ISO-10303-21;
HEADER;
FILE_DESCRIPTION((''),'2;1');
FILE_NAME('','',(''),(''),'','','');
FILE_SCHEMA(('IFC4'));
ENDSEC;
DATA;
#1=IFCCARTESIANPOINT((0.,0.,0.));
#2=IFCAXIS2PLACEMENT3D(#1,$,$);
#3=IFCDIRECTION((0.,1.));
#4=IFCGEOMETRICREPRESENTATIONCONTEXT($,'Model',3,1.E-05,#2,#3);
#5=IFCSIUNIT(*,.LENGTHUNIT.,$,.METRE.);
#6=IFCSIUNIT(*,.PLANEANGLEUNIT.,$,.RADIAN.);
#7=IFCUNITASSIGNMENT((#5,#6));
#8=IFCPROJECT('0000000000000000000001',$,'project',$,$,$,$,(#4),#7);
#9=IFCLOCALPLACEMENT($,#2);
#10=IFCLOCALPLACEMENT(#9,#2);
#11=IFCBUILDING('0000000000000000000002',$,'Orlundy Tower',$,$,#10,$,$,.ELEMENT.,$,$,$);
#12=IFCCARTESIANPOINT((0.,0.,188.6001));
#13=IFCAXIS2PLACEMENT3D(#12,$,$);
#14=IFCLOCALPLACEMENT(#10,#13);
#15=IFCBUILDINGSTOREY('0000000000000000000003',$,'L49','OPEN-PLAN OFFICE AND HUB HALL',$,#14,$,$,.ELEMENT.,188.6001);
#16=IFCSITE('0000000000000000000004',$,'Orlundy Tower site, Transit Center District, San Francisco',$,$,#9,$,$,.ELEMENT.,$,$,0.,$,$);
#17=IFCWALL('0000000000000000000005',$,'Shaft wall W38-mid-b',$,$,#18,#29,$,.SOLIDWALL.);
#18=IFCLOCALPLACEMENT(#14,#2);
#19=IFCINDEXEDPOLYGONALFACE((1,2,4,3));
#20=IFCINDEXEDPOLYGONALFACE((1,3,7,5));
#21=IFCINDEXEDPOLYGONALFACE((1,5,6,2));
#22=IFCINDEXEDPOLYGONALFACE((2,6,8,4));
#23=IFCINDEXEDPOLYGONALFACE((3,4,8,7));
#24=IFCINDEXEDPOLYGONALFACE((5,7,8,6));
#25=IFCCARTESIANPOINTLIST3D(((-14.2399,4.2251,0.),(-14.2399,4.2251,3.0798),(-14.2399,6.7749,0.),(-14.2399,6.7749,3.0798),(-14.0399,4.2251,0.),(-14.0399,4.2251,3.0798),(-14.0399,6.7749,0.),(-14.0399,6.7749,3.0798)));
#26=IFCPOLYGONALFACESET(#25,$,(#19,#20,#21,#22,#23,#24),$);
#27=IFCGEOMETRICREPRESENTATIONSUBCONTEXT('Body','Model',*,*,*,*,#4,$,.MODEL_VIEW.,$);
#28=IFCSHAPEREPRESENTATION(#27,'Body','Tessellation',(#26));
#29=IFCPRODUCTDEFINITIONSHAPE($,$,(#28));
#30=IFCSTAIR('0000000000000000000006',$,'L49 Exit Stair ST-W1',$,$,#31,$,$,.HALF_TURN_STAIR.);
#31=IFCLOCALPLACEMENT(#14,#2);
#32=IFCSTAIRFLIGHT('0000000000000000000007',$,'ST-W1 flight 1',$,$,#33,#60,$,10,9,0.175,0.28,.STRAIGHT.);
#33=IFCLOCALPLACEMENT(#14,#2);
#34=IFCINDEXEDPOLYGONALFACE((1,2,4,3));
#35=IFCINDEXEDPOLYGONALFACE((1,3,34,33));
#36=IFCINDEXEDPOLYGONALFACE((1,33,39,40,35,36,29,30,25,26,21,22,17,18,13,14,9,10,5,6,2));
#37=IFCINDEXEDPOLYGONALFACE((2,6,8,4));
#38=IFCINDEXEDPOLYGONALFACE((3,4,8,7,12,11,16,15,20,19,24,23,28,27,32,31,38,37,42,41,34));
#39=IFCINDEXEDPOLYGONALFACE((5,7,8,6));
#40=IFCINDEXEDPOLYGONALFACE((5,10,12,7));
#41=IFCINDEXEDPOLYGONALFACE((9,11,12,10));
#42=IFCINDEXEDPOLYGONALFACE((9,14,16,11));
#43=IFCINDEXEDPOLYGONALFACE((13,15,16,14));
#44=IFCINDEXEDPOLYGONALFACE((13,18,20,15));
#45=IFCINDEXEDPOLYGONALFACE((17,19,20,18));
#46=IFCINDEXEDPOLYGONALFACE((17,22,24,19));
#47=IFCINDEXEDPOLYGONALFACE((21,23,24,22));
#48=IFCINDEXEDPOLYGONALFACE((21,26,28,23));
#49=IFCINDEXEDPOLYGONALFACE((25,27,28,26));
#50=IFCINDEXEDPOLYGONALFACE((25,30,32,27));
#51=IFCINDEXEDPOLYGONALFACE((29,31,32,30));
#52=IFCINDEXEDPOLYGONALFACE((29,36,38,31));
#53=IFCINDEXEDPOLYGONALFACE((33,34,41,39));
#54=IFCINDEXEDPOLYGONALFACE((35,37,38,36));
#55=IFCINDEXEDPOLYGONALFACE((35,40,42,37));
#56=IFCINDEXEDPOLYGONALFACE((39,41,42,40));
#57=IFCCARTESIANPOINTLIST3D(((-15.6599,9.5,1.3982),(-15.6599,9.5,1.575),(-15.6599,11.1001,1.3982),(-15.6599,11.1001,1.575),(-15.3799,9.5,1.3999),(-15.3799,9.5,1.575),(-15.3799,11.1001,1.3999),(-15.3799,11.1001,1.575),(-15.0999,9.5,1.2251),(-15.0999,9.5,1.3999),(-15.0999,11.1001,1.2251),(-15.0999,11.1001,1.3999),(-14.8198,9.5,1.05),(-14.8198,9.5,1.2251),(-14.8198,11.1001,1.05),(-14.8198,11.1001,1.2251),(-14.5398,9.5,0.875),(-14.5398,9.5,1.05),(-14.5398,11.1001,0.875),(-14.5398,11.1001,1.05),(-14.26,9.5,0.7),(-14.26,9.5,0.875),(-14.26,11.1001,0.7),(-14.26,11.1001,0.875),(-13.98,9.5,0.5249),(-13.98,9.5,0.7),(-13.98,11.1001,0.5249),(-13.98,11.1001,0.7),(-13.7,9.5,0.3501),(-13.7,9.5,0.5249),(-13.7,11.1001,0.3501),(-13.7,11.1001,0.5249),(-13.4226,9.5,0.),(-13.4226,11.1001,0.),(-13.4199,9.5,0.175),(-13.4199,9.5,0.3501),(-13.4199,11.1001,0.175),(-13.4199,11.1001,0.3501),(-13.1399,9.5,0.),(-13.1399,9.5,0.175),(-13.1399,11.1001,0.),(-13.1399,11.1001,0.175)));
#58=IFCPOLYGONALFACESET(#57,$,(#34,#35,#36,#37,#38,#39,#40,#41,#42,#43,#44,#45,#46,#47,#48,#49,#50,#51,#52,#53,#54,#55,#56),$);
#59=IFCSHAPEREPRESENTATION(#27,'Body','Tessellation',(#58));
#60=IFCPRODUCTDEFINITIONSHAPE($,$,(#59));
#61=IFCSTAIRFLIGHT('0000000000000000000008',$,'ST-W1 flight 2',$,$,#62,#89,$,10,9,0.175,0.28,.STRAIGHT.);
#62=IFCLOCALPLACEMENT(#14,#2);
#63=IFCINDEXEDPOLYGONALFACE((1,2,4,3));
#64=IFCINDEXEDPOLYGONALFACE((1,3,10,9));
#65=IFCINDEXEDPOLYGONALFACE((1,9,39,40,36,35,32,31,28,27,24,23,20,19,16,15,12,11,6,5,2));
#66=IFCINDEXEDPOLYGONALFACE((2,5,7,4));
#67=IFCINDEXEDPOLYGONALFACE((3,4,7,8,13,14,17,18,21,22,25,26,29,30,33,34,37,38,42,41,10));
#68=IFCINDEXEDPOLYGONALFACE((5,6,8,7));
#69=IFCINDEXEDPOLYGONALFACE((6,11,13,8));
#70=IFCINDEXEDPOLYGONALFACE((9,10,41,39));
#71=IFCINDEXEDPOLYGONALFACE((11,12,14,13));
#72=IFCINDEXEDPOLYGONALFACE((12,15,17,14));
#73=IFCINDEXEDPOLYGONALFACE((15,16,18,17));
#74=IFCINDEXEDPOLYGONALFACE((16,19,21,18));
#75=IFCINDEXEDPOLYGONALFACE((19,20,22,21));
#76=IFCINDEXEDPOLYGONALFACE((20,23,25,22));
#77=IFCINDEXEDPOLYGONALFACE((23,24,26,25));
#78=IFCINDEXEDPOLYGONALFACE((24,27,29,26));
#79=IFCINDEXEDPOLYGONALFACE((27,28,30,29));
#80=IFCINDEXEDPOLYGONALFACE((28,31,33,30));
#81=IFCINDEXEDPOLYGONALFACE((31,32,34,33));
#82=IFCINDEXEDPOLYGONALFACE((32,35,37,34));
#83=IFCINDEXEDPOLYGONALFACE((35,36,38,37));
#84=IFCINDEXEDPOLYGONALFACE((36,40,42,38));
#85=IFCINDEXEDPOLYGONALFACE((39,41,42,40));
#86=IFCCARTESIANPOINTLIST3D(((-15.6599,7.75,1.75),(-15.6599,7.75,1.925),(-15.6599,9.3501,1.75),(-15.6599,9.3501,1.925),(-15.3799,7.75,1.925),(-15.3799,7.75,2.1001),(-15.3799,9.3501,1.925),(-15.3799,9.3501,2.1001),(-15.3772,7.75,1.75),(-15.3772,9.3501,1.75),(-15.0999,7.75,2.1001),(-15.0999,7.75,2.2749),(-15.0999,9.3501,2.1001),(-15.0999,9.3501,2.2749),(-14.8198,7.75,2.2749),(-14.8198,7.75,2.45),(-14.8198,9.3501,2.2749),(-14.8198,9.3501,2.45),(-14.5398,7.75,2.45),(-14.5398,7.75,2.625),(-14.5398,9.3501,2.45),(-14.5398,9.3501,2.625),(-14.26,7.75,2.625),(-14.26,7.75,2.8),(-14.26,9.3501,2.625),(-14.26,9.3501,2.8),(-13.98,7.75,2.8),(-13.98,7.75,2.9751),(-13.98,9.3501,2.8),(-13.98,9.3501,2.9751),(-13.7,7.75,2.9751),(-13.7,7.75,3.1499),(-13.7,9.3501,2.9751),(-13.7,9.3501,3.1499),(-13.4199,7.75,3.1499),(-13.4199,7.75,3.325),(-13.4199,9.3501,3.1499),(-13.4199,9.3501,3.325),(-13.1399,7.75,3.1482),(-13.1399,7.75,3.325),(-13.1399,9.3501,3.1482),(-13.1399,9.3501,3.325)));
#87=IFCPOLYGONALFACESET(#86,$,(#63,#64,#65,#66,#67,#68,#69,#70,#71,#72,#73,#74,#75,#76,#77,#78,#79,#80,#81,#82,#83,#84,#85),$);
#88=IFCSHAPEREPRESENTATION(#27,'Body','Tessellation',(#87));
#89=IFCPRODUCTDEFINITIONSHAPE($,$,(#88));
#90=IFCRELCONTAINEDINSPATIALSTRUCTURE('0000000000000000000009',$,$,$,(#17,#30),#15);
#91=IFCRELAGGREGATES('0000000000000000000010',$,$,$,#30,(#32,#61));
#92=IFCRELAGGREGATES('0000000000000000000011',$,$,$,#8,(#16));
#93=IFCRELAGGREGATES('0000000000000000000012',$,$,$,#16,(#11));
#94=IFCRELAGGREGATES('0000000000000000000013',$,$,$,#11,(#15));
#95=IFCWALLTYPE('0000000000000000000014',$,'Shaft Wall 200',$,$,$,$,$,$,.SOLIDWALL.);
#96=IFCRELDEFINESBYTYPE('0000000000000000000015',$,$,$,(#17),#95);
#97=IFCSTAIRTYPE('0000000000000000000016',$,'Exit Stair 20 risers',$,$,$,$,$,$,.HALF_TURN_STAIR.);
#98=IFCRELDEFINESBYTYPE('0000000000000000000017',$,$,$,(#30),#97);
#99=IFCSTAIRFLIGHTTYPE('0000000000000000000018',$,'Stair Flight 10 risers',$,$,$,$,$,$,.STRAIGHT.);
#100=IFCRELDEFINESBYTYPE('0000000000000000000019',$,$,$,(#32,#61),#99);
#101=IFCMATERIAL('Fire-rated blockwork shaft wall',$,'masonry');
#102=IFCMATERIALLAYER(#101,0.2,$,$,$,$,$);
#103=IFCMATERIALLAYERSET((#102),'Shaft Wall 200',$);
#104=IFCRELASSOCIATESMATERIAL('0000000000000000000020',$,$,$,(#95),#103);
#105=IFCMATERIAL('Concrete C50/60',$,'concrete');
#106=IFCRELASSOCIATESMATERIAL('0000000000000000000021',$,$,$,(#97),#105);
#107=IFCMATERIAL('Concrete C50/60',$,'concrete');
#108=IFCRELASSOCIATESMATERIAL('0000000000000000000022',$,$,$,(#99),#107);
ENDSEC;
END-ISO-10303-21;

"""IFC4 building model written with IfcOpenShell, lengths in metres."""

from ifc_helpers import new_model, si_unit, direction, frame, frame_2d, origin, place, context, subcontext, project, spatial, polyline, rectangle, outline, extrude, material, layer, layer_set, type_object, element, aggregate, save


model = new_model("IFC4")

# Units and contexts
model_context = context("Model", 3, precision=1e-05, world=origin(), true_north=direction((0.0, 1.0)))
body_context = subcontext(model_context, "Body", "Model", "MODEL_VIEW")
ifc_project = project(units=[si_unit("LENGTHUNIT", "METRE"), si_unit("PLANEANGLEUNIT", "RADIAN")], contexts=[model_context])

# Site, building, storey
site_placement = place(None, origin())
site = spatial("IfcSite", under=ifc_project, at=site_placement, Name="Orlundy Tower site, Transit Center District, San Francisco", CompositionType="ELEMENT", RefElevation=0.0)
building_placement = place(site_placement, origin())
building = spatial("IfcBuilding", under=site, at=building_placement, Name="Orlundy Tower", CompositionType="ELEMENT")
storey_placement = place(building_placement, frame((0.0, 0.0, 188.6001)))
storey = spatial("IfcBuildingStorey", under=building, at=storey_placement, Name="L49", Description="OPEN-PLAN OFFICE AND HUB HALL", CompositionType="ELEMENT", Elevation=188.6001)

# Wall
ifc_material_1 = material(Name="Fire-rated blockwork shaft wall", Category="masonry")
ifc_layer_1 = layer(ifc_material_1, 0.2)
ifc_layer_set_1 = layer_set([ifc_layer_1], Name="Shaft Wall 200")
wall_type_1 = type_object("IfcWallType", Name="Shaft Wall 200", PredefinedType="SOLIDWALL", material=ifc_layer_set_1)
wall_1_placement = place(storey_placement, frame((-14.1399, 4.2251, 0.0), z_axis=(0.0, 0.0, 1.0), x_axis=(0.0, 1.0, 0.0)))
element("IfcWall", 1, at=wall_1_placement, inside=storey, type_object=wall_type_1, Name="Shaft wall W38-mid-b", PredefinedType="SOLIDWALL", context=body_context, shape_type="SweptSolid", body=[
    extrude(rectangle(XDim=2.5498, YDim=0.2, at=frame_2d((1.2749, 0.0))), origin(), (0.0, 0.0, 1.0), 3.0798),
])

# Stair, stair flights
ifc_material_2 = material(Name="Concrete C50/60", Category="concrete")
stair_type = type_object("IfcStairType", Name="Exit Stair 20 risers", PredefinedType="HALF_TURN_STAIR", material=ifc_material_2)
stair_placement = place(storey_placement, origin())
stair = element("IfcStair", 2, at=stair_placement, inside=storey, type_object=stair_type, Name="L49 Exit Stair ST-W1", PredefinedType="HALF_TURN_STAIR")
ifc_material_3 = material(Name="Concrete C50/60", Category="concrete")
stair_flight_type = type_object("IfcStairFlightType", Name="Stair Flight 10 risers", PredefinedType="STRAIGHT", material=ifc_material_3)
stair_flight_1_placement = place(storey_placement, frame((-13.1399, 10.3, 0.0), z_axis=(0.0, 0.0, 1.0), x_axis=(-1.0, 0.0, 0.0)))
stair_flight_1 = element("IfcStairFlight", 3, at=stair_flight_1_placement, type_object=stair_flight_type, Name="ST-W1 flight 1", NumberOfRisers=10, NumberOfTreads=9, PredefinedType="STRAIGHT", RiserHeight=0.175, TreadLength=0.28, context=body_context, shape_type="SweptSolid", body=[
    extrude(outline(polyline([(0.0, 0.0), (0.0, 0.175), (0.28, 0.175), (0.28, 0.3501), (0.5601, 0.3501), (0.5601, 0.5249), (0.8401, 0.5249), (0.8401, 0.7), (1.1201, 0.7), (1.1201, 0.875), (1.3999, 0.875), (1.3999, 1.05), (1.6799, 1.05), (1.6799, 1.2251), (1.96, 1.2251), (1.96, 1.3999), (2.24, 1.3999), (2.24, 1.575), (2.52, 1.575), (2.52, 1.75), (2.52, 1.3982), (0.2827, 0.0), (0.0, 0.0)])), frame((0.0, 0.8, 0.0), z_axis=(0.0, -1.0, 0.0), x_axis=(1.0, 0.0, 0.0)), (0.0, 0.0, 1.0), 1.6001),
])
stair_flight_2_placement = place(storey_placement, frame((-15.6599, 8.55, 1.75), z_axis=(0.0, 0.0, 1.0), x_axis=(1.0, 0.0, 0.0)))
stair_flight_2 = element("IfcStairFlight", 4, at=stair_flight_2_placement, type_object=stair_flight_type, Name="ST-W1 flight 2", NumberOfRisers=10, NumberOfTreads=9, PredefinedType="STRAIGHT", RiserHeight=0.175, TreadLength=0.28, context=body_context, shape_type="SweptSolid", body=[
    extrude(outline(polyline([(0.0, 0.0), (0.0, 0.175), (0.28, 0.175), (0.28, 0.3501), (0.5601, 0.3501), (0.5601, 0.5249), (0.8401, 0.5249), (0.8401, 0.7), (1.1201, 0.7), (1.1201, 0.875), (1.3999, 0.875), (1.3999, 1.05), (1.6799, 1.05), (1.6799, 1.2251), (1.96, 1.2251), (1.96, 1.3999), (2.24, 1.3999), (2.24, 1.575), (2.52, 1.575), (2.52, 1.75), (2.52, 1.3982), (0.2827, 0.0), (0.0, 0.0)])), frame((0.0, 0.8, 0.0), z_axis=(0.0, -1.0, 0.0), x_axis=(1.0, 0.0, 0.0)), (0.0, 0.0, 1.0), 1.6001),
])
aggregate(stair, [stair_flight_1, stair_flight_2])

save(model, "model.ifc")
